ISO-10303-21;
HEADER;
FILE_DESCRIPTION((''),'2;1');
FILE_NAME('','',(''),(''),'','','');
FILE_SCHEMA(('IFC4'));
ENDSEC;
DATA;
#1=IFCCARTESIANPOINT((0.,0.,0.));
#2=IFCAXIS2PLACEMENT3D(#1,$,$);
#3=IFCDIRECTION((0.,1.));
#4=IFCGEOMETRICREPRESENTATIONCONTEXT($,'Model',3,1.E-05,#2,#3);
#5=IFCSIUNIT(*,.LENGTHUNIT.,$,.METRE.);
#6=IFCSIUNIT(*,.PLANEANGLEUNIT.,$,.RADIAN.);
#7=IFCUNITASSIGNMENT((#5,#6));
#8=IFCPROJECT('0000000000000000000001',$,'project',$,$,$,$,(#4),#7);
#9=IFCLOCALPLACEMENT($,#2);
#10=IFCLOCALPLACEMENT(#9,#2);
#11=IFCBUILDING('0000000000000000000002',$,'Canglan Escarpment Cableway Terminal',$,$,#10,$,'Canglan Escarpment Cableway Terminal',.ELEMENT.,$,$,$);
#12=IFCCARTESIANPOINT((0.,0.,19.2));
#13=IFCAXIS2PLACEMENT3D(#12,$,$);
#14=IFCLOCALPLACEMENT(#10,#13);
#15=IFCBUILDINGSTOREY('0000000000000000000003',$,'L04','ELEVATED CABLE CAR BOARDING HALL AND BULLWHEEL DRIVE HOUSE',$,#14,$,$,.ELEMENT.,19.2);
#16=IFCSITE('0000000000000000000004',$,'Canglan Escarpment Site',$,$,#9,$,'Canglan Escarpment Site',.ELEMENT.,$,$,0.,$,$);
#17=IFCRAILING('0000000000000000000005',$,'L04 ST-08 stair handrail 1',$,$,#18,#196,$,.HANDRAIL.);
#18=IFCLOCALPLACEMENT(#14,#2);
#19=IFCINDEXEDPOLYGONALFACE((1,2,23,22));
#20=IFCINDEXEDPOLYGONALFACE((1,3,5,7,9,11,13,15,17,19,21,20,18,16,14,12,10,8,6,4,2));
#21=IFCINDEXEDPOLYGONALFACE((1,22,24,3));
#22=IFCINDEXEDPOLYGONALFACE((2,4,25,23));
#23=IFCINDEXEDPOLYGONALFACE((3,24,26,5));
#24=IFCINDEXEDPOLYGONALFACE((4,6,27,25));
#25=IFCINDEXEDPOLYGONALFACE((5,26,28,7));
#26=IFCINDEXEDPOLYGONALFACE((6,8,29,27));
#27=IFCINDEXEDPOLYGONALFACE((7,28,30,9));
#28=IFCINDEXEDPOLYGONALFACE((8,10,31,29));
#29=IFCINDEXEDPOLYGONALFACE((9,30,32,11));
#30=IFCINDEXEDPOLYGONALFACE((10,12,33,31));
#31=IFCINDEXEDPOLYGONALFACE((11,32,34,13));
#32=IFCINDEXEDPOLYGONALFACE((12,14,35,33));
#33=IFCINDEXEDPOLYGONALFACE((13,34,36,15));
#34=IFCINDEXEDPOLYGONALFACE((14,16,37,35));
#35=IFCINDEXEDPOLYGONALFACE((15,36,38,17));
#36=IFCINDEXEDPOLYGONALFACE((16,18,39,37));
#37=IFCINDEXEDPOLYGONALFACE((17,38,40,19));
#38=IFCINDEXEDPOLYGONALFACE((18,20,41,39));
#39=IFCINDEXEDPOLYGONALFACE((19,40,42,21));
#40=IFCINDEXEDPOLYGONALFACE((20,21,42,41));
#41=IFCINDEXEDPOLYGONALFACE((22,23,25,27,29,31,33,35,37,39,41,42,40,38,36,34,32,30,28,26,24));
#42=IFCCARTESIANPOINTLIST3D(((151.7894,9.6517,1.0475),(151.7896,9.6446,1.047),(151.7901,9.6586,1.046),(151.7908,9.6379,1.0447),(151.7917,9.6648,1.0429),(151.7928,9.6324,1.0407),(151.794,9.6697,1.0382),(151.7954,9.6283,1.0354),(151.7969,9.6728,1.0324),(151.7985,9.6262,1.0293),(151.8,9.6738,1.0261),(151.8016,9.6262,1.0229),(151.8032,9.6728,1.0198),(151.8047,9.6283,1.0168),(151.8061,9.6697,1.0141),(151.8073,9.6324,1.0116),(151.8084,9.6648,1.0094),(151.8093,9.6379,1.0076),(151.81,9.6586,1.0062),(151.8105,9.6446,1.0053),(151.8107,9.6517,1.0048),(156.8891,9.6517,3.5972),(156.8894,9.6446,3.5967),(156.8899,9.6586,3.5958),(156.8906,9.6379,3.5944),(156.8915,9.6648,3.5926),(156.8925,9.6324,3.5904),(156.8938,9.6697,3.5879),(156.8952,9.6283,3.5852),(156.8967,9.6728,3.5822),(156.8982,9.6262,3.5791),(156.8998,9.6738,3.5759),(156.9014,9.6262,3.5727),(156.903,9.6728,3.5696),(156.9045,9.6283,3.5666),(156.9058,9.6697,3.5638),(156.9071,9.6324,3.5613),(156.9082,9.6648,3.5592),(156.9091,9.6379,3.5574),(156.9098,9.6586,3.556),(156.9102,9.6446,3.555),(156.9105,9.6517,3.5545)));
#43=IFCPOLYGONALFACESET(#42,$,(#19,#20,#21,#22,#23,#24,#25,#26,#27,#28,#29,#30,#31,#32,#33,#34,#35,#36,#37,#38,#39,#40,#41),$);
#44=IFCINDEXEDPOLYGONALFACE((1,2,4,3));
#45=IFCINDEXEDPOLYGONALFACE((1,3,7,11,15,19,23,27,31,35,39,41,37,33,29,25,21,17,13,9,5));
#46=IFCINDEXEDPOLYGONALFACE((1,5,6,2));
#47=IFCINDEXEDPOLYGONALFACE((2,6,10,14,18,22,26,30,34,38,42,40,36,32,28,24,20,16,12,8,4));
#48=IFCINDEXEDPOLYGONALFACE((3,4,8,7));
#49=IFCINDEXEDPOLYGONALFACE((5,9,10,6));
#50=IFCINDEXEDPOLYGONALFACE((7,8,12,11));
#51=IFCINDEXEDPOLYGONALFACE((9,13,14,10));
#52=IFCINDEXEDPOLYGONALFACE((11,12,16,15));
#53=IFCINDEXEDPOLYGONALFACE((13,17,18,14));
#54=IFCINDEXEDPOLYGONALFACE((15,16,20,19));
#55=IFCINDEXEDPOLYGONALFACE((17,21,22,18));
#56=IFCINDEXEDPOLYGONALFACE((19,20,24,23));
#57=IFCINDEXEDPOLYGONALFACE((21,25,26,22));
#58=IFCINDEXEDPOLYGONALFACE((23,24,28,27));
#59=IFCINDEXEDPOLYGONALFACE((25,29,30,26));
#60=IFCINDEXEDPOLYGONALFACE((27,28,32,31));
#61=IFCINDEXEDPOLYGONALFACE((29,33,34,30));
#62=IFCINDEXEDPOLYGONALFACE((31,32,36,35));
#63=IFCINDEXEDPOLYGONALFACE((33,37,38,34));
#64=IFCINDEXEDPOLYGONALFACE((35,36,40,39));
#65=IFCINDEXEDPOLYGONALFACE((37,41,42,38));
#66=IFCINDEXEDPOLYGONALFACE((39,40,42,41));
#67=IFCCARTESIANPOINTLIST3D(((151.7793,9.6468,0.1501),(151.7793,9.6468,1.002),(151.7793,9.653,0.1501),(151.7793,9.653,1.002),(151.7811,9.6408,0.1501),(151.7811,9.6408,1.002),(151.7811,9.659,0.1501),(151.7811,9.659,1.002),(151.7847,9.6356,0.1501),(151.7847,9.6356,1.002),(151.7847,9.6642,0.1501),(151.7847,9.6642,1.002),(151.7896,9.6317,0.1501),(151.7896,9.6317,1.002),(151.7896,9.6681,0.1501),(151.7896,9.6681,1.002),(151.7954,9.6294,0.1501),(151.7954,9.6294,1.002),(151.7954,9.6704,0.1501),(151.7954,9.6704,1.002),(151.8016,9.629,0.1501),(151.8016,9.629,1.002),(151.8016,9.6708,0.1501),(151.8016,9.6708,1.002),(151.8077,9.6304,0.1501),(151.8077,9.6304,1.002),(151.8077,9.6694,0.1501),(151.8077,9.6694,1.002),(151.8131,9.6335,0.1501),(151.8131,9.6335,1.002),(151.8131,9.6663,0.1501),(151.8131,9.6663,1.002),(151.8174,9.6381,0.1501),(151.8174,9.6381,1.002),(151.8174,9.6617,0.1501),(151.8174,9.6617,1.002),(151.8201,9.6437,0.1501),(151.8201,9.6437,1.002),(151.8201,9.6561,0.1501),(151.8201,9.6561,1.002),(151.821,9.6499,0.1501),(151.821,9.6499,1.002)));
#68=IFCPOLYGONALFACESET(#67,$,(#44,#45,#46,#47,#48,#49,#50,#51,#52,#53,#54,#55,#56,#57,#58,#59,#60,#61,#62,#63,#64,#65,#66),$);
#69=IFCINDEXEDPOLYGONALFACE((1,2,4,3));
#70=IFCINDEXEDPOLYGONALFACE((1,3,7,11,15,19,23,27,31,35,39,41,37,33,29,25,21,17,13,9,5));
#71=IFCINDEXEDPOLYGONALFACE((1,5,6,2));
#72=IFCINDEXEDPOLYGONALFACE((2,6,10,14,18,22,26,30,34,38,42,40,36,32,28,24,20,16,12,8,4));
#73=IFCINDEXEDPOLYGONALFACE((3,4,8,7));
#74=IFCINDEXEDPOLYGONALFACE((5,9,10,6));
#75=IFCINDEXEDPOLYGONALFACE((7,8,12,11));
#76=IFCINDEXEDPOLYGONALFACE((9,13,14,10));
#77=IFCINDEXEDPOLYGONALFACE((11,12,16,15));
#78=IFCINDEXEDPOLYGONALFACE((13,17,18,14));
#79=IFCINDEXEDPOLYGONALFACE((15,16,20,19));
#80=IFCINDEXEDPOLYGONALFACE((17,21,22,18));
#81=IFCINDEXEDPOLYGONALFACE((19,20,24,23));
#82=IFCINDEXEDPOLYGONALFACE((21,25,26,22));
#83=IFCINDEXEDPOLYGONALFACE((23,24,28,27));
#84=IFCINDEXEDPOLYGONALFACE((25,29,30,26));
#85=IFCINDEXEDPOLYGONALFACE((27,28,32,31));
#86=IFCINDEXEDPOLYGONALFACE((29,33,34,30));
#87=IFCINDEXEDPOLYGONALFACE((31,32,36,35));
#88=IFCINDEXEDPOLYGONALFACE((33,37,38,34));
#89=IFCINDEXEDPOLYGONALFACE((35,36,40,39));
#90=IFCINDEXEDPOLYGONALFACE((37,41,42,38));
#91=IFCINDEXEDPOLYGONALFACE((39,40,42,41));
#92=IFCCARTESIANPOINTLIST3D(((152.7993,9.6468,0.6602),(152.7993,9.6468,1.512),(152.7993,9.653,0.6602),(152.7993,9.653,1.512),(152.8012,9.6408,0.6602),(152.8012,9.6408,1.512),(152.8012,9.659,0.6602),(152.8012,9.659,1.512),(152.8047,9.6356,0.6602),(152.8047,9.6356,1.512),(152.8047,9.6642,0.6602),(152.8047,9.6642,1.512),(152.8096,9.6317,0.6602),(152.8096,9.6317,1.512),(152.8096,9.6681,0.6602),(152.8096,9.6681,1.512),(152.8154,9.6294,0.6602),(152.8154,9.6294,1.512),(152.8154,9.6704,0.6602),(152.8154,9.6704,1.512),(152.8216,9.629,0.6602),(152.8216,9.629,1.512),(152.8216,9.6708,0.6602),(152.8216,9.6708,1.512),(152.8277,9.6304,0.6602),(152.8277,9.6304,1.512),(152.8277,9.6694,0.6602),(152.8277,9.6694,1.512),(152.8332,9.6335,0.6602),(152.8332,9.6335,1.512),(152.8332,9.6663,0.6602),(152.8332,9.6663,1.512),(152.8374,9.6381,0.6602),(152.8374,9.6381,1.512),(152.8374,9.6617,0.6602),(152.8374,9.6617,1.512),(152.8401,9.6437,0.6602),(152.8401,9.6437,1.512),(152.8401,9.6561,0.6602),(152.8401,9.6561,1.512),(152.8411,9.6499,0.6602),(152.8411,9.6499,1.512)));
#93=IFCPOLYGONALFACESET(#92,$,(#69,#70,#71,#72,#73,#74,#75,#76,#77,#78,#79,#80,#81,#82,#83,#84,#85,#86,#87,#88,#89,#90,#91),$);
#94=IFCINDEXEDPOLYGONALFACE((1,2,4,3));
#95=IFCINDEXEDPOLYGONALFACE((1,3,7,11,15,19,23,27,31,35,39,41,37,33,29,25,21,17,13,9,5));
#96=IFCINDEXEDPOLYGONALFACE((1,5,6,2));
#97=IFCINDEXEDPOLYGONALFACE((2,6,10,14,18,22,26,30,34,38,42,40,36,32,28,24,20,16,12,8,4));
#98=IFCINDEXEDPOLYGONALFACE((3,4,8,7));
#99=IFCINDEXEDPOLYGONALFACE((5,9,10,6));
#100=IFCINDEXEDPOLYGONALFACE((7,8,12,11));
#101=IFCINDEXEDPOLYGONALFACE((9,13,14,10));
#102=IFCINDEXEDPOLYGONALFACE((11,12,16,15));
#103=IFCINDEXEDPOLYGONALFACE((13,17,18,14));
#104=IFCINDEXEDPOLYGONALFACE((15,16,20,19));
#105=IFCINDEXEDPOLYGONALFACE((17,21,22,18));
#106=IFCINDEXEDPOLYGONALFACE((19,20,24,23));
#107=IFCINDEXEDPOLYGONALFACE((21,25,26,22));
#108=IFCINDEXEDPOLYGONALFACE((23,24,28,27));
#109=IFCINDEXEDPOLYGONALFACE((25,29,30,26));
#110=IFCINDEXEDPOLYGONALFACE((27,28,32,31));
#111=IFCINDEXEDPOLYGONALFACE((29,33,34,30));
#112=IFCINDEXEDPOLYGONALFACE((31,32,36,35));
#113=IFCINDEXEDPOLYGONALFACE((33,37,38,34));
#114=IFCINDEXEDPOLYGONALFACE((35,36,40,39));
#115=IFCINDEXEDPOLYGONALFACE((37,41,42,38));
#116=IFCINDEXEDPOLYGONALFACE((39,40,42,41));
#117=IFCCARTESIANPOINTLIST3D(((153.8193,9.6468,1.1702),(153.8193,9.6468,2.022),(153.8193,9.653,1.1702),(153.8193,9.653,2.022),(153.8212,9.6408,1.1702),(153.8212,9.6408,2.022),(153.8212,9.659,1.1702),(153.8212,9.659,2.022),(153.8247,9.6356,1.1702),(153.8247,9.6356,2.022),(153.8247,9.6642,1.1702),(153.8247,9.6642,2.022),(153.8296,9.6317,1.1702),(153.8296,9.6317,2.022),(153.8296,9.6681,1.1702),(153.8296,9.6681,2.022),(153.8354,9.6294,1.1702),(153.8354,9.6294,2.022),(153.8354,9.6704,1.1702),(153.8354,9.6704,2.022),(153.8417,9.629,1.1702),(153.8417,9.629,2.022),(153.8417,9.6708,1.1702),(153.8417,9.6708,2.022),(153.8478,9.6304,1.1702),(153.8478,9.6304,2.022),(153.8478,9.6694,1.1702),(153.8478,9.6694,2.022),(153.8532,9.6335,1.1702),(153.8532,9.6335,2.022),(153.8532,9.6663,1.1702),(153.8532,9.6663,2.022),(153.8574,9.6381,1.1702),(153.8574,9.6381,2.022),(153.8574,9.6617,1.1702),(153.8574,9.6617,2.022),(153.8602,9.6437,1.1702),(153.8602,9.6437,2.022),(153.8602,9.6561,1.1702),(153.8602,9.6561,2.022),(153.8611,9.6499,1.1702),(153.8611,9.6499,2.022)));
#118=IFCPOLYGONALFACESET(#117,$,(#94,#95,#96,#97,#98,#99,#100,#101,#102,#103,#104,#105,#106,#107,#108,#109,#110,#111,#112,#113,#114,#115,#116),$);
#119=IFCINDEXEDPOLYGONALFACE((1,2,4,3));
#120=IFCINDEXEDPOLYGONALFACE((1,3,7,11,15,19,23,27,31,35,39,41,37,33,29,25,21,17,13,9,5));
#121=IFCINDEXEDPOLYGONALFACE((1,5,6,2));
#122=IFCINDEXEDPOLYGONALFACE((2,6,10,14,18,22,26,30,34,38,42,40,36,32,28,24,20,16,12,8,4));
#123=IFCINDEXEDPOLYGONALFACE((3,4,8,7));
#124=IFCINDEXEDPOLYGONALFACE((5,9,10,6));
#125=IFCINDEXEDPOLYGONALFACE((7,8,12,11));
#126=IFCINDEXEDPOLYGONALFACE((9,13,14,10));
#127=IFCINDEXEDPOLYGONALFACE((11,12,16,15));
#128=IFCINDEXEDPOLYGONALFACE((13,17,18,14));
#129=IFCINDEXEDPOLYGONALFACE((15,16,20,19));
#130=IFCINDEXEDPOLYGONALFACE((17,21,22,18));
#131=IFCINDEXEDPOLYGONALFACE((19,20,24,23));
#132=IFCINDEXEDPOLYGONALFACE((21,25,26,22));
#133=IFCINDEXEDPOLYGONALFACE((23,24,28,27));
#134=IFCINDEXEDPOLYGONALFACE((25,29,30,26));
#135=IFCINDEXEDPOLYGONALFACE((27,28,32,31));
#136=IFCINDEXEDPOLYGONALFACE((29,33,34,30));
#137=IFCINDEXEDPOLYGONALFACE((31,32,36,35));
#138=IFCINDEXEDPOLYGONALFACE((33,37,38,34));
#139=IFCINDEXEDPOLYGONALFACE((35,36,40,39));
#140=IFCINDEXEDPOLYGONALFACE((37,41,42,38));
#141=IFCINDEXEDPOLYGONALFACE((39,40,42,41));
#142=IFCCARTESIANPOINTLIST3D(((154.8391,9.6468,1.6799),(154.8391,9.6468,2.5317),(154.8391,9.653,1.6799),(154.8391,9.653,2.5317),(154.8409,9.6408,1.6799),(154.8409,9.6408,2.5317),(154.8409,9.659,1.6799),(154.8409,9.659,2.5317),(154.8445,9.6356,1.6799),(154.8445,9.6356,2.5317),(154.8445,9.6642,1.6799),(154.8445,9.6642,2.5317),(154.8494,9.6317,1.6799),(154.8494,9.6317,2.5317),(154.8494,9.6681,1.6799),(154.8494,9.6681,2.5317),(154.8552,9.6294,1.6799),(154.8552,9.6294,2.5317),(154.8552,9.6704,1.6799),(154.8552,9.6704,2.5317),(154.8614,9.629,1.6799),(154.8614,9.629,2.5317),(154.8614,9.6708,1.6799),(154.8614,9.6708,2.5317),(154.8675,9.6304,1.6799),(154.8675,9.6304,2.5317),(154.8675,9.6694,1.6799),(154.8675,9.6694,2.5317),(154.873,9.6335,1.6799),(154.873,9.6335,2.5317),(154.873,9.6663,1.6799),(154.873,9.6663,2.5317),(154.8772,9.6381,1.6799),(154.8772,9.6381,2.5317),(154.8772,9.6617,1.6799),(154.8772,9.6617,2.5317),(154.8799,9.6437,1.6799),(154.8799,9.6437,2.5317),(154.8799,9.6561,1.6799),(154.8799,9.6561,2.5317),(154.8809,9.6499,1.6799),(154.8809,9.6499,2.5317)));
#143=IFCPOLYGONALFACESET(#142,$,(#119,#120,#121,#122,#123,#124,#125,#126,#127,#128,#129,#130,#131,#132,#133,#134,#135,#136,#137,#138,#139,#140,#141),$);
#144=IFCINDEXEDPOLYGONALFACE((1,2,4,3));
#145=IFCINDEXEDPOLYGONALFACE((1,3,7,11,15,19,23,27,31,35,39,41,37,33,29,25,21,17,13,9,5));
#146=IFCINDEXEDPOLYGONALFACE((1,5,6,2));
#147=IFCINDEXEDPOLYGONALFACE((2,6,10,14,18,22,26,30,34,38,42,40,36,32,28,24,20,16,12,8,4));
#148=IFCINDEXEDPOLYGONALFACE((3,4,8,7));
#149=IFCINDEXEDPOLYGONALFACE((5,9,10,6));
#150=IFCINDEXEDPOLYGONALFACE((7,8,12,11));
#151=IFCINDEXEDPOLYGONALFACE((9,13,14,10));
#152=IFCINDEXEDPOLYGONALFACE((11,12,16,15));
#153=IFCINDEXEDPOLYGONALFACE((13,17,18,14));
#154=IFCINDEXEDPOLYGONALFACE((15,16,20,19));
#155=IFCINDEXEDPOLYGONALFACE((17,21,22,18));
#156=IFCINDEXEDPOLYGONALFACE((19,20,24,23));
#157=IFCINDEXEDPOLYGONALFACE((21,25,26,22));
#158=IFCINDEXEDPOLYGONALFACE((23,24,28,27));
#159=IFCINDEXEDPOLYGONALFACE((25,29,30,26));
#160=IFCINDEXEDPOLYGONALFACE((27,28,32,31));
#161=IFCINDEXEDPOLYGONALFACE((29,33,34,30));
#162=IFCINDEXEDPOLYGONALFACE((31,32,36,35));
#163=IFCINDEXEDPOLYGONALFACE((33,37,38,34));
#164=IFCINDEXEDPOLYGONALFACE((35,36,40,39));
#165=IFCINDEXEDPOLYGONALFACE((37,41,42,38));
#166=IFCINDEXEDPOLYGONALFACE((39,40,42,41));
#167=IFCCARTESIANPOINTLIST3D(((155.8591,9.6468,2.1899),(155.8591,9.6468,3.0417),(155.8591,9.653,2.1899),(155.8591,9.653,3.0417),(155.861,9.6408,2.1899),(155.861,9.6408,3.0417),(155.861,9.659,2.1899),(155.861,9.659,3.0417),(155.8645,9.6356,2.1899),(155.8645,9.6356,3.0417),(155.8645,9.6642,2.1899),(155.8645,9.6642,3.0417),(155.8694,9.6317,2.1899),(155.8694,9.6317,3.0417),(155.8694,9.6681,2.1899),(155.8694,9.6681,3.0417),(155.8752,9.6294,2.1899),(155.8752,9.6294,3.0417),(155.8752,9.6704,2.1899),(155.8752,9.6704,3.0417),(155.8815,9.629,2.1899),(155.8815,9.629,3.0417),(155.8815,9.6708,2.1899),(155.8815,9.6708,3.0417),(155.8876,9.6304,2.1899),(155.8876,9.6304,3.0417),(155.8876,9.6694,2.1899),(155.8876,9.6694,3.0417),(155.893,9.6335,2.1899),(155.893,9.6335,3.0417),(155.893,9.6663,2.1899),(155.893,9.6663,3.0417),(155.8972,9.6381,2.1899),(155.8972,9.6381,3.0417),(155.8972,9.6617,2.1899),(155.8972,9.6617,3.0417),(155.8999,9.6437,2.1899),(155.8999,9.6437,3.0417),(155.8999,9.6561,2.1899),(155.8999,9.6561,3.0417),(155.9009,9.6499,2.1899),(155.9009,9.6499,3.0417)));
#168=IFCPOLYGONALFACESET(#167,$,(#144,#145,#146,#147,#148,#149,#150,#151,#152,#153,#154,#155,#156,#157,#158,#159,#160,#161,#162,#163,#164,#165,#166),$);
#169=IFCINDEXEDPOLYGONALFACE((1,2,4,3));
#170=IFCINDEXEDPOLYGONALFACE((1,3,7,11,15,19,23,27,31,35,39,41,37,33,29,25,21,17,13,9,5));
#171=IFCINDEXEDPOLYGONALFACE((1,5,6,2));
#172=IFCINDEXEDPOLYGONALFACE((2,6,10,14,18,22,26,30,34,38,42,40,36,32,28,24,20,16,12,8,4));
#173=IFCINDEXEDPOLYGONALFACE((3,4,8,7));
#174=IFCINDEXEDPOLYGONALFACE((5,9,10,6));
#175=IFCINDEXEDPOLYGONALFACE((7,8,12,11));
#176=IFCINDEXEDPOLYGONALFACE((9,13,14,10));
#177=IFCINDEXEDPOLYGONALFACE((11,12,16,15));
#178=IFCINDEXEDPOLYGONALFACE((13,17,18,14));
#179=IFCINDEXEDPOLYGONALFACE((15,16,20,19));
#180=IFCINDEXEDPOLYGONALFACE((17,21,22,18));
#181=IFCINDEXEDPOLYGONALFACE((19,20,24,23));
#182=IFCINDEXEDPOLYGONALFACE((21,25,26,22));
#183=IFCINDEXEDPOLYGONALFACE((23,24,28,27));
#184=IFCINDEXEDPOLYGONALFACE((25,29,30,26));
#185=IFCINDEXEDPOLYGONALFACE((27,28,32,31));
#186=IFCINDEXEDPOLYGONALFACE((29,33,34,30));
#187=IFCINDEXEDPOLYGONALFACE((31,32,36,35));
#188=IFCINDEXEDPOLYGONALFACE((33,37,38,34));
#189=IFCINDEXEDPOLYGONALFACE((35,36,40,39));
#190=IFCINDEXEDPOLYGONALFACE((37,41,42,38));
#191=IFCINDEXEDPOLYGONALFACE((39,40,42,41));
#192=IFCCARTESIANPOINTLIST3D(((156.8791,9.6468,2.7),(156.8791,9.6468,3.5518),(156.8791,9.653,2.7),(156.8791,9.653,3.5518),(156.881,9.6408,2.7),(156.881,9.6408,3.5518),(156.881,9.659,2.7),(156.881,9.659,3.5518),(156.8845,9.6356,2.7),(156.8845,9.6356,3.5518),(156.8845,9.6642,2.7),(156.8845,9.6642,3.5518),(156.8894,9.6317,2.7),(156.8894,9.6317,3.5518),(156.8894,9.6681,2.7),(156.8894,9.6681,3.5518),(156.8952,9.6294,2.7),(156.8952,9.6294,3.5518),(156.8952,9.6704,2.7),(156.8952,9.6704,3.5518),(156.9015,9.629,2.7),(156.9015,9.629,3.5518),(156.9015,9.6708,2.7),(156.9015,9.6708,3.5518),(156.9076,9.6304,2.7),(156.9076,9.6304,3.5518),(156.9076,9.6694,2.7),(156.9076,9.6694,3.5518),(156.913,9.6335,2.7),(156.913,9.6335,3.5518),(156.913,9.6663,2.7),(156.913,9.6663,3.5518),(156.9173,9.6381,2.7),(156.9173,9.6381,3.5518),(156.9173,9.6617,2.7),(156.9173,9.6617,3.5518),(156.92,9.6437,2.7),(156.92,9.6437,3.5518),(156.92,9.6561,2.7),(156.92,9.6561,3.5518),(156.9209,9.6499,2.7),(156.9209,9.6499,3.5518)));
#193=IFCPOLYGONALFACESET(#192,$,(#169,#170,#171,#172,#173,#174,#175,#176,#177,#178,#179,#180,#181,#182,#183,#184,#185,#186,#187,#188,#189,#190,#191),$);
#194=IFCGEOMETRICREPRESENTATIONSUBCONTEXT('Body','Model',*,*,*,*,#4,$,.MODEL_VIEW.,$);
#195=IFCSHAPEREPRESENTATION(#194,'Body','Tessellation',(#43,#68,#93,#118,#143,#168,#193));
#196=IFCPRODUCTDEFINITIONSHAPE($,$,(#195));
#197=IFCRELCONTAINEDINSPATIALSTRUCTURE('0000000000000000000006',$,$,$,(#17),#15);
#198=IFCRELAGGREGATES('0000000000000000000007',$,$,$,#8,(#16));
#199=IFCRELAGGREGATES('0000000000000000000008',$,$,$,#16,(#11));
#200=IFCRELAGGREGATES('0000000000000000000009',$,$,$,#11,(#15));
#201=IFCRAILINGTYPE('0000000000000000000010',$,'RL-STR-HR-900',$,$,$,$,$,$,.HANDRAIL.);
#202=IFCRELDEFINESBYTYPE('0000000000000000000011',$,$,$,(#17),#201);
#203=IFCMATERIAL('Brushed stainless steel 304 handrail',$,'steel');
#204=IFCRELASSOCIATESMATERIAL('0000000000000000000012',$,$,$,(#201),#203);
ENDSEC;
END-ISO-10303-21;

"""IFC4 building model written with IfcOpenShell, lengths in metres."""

from ifc_helpers import new_model, si_unit, direction, frame, origin, origin_2d, place, context, subcontext, project, spatial, circle, extrude, material, type_object, element, save


model = new_model("IFC4")

# Units and contexts
model_context = context("Model", 3, precision=1e-05, world=origin(), true_north=direction((0.0, 1.0)))
body_context = subcontext(model_context, "Body", "Model", "MODEL_VIEW")
ifc_project = project(units=[si_unit("LENGTHUNIT", "METRE"), si_unit("PLANEANGLEUNIT", "RADIAN")], contexts=[model_context])

# Site, building, storey
site_placement = place(None, origin())
site = spatial("IfcSite", under=ifc_project, at=site_placement, Name="Canglan Escarpment Site", LongName="Canglan Escarpment Site", CompositionType="ELEMENT", RefElevation=0.0)
building_placement = place(site_placement, origin())
building = spatial("IfcBuilding", under=site, at=building_placement, Name="Canglan Escarpment Cableway Terminal", LongName="Canglan Escarpment Cableway Terminal", CompositionType="ELEMENT")
storey_placement = place(building_placement, frame((0.0, 0.0, 19.2)))
storey = spatial("IfcBuildingStorey", under=building, at=storey_placement, Name="L04", Description="ELEVATED CABLE CAR BOARDING HALL AND BULLWHEEL DRIVE HOUSE", CompositionType="ELEMENT", Elevation=19.2)

# Railing
ifc_material_1 = material(Name="Brushed stainless steel 304 handrail", Category="steel")
railing_type_1 = type_object("IfcRailingType", Name="RL-STR-HR-900", PredefinedType="HANDRAIL", material=ifc_material_1)
railing_1_placement = place(storey_placement, frame((151.8, 9.6499, 0.1501)))
element("IfcRailing", 1, at=railing_1_placement, inside=storey, type_object=railing_type_1, Name="L04 ST-08 stair handrail 1", PredefinedType="HANDRAIL", context=body_context, shape_type="SweptSolid", body=[
    extrude(circle(Radius=0.0239, at=origin_2d()), frame((0.0, 0.0, 0.876), z_axis=(0.894436, 0.0, 0.447196), x_axis=(0.0, 1.0, 0.0)), (0.0, 0.0, 1.0), 5.7017),
    extrude(circle(Radius=0.021, at=origin_2d()), origin(), (0.0, 0.0, 1.0), 0.8518),
    extrude(circle(Radius=0.021, at=origin_2d()), frame((1.02, 0.0, 0.51)), (0.0, 0.0, 1.0), 0.8518),
    extrude(circle(Radius=0.021, at=origin_2d()), frame((2.04, 0.0, 1.02)), (0.0, 0.0, 1.0), 0.8518),
    extrude(circle(Radius=0.021, at=origin_2d()), frame((3.0598, 0.0, 1.5298)), (0.0, 0.0, 1.0), 0.8518),
    extrude(circle(Radius=0.021, at=origin_2d()), frame((4.0798, 0.0, 2.0398)), (0.0, 0.0, 1.0), 0.8518),
    extrude(circle(Radius=0.021, at=origin_2d()), frame((5.0999, 0.0, 2.5498)), (0.0, 0.0, 1.0), 0.8518),
])

save(model, "model.ifc")
